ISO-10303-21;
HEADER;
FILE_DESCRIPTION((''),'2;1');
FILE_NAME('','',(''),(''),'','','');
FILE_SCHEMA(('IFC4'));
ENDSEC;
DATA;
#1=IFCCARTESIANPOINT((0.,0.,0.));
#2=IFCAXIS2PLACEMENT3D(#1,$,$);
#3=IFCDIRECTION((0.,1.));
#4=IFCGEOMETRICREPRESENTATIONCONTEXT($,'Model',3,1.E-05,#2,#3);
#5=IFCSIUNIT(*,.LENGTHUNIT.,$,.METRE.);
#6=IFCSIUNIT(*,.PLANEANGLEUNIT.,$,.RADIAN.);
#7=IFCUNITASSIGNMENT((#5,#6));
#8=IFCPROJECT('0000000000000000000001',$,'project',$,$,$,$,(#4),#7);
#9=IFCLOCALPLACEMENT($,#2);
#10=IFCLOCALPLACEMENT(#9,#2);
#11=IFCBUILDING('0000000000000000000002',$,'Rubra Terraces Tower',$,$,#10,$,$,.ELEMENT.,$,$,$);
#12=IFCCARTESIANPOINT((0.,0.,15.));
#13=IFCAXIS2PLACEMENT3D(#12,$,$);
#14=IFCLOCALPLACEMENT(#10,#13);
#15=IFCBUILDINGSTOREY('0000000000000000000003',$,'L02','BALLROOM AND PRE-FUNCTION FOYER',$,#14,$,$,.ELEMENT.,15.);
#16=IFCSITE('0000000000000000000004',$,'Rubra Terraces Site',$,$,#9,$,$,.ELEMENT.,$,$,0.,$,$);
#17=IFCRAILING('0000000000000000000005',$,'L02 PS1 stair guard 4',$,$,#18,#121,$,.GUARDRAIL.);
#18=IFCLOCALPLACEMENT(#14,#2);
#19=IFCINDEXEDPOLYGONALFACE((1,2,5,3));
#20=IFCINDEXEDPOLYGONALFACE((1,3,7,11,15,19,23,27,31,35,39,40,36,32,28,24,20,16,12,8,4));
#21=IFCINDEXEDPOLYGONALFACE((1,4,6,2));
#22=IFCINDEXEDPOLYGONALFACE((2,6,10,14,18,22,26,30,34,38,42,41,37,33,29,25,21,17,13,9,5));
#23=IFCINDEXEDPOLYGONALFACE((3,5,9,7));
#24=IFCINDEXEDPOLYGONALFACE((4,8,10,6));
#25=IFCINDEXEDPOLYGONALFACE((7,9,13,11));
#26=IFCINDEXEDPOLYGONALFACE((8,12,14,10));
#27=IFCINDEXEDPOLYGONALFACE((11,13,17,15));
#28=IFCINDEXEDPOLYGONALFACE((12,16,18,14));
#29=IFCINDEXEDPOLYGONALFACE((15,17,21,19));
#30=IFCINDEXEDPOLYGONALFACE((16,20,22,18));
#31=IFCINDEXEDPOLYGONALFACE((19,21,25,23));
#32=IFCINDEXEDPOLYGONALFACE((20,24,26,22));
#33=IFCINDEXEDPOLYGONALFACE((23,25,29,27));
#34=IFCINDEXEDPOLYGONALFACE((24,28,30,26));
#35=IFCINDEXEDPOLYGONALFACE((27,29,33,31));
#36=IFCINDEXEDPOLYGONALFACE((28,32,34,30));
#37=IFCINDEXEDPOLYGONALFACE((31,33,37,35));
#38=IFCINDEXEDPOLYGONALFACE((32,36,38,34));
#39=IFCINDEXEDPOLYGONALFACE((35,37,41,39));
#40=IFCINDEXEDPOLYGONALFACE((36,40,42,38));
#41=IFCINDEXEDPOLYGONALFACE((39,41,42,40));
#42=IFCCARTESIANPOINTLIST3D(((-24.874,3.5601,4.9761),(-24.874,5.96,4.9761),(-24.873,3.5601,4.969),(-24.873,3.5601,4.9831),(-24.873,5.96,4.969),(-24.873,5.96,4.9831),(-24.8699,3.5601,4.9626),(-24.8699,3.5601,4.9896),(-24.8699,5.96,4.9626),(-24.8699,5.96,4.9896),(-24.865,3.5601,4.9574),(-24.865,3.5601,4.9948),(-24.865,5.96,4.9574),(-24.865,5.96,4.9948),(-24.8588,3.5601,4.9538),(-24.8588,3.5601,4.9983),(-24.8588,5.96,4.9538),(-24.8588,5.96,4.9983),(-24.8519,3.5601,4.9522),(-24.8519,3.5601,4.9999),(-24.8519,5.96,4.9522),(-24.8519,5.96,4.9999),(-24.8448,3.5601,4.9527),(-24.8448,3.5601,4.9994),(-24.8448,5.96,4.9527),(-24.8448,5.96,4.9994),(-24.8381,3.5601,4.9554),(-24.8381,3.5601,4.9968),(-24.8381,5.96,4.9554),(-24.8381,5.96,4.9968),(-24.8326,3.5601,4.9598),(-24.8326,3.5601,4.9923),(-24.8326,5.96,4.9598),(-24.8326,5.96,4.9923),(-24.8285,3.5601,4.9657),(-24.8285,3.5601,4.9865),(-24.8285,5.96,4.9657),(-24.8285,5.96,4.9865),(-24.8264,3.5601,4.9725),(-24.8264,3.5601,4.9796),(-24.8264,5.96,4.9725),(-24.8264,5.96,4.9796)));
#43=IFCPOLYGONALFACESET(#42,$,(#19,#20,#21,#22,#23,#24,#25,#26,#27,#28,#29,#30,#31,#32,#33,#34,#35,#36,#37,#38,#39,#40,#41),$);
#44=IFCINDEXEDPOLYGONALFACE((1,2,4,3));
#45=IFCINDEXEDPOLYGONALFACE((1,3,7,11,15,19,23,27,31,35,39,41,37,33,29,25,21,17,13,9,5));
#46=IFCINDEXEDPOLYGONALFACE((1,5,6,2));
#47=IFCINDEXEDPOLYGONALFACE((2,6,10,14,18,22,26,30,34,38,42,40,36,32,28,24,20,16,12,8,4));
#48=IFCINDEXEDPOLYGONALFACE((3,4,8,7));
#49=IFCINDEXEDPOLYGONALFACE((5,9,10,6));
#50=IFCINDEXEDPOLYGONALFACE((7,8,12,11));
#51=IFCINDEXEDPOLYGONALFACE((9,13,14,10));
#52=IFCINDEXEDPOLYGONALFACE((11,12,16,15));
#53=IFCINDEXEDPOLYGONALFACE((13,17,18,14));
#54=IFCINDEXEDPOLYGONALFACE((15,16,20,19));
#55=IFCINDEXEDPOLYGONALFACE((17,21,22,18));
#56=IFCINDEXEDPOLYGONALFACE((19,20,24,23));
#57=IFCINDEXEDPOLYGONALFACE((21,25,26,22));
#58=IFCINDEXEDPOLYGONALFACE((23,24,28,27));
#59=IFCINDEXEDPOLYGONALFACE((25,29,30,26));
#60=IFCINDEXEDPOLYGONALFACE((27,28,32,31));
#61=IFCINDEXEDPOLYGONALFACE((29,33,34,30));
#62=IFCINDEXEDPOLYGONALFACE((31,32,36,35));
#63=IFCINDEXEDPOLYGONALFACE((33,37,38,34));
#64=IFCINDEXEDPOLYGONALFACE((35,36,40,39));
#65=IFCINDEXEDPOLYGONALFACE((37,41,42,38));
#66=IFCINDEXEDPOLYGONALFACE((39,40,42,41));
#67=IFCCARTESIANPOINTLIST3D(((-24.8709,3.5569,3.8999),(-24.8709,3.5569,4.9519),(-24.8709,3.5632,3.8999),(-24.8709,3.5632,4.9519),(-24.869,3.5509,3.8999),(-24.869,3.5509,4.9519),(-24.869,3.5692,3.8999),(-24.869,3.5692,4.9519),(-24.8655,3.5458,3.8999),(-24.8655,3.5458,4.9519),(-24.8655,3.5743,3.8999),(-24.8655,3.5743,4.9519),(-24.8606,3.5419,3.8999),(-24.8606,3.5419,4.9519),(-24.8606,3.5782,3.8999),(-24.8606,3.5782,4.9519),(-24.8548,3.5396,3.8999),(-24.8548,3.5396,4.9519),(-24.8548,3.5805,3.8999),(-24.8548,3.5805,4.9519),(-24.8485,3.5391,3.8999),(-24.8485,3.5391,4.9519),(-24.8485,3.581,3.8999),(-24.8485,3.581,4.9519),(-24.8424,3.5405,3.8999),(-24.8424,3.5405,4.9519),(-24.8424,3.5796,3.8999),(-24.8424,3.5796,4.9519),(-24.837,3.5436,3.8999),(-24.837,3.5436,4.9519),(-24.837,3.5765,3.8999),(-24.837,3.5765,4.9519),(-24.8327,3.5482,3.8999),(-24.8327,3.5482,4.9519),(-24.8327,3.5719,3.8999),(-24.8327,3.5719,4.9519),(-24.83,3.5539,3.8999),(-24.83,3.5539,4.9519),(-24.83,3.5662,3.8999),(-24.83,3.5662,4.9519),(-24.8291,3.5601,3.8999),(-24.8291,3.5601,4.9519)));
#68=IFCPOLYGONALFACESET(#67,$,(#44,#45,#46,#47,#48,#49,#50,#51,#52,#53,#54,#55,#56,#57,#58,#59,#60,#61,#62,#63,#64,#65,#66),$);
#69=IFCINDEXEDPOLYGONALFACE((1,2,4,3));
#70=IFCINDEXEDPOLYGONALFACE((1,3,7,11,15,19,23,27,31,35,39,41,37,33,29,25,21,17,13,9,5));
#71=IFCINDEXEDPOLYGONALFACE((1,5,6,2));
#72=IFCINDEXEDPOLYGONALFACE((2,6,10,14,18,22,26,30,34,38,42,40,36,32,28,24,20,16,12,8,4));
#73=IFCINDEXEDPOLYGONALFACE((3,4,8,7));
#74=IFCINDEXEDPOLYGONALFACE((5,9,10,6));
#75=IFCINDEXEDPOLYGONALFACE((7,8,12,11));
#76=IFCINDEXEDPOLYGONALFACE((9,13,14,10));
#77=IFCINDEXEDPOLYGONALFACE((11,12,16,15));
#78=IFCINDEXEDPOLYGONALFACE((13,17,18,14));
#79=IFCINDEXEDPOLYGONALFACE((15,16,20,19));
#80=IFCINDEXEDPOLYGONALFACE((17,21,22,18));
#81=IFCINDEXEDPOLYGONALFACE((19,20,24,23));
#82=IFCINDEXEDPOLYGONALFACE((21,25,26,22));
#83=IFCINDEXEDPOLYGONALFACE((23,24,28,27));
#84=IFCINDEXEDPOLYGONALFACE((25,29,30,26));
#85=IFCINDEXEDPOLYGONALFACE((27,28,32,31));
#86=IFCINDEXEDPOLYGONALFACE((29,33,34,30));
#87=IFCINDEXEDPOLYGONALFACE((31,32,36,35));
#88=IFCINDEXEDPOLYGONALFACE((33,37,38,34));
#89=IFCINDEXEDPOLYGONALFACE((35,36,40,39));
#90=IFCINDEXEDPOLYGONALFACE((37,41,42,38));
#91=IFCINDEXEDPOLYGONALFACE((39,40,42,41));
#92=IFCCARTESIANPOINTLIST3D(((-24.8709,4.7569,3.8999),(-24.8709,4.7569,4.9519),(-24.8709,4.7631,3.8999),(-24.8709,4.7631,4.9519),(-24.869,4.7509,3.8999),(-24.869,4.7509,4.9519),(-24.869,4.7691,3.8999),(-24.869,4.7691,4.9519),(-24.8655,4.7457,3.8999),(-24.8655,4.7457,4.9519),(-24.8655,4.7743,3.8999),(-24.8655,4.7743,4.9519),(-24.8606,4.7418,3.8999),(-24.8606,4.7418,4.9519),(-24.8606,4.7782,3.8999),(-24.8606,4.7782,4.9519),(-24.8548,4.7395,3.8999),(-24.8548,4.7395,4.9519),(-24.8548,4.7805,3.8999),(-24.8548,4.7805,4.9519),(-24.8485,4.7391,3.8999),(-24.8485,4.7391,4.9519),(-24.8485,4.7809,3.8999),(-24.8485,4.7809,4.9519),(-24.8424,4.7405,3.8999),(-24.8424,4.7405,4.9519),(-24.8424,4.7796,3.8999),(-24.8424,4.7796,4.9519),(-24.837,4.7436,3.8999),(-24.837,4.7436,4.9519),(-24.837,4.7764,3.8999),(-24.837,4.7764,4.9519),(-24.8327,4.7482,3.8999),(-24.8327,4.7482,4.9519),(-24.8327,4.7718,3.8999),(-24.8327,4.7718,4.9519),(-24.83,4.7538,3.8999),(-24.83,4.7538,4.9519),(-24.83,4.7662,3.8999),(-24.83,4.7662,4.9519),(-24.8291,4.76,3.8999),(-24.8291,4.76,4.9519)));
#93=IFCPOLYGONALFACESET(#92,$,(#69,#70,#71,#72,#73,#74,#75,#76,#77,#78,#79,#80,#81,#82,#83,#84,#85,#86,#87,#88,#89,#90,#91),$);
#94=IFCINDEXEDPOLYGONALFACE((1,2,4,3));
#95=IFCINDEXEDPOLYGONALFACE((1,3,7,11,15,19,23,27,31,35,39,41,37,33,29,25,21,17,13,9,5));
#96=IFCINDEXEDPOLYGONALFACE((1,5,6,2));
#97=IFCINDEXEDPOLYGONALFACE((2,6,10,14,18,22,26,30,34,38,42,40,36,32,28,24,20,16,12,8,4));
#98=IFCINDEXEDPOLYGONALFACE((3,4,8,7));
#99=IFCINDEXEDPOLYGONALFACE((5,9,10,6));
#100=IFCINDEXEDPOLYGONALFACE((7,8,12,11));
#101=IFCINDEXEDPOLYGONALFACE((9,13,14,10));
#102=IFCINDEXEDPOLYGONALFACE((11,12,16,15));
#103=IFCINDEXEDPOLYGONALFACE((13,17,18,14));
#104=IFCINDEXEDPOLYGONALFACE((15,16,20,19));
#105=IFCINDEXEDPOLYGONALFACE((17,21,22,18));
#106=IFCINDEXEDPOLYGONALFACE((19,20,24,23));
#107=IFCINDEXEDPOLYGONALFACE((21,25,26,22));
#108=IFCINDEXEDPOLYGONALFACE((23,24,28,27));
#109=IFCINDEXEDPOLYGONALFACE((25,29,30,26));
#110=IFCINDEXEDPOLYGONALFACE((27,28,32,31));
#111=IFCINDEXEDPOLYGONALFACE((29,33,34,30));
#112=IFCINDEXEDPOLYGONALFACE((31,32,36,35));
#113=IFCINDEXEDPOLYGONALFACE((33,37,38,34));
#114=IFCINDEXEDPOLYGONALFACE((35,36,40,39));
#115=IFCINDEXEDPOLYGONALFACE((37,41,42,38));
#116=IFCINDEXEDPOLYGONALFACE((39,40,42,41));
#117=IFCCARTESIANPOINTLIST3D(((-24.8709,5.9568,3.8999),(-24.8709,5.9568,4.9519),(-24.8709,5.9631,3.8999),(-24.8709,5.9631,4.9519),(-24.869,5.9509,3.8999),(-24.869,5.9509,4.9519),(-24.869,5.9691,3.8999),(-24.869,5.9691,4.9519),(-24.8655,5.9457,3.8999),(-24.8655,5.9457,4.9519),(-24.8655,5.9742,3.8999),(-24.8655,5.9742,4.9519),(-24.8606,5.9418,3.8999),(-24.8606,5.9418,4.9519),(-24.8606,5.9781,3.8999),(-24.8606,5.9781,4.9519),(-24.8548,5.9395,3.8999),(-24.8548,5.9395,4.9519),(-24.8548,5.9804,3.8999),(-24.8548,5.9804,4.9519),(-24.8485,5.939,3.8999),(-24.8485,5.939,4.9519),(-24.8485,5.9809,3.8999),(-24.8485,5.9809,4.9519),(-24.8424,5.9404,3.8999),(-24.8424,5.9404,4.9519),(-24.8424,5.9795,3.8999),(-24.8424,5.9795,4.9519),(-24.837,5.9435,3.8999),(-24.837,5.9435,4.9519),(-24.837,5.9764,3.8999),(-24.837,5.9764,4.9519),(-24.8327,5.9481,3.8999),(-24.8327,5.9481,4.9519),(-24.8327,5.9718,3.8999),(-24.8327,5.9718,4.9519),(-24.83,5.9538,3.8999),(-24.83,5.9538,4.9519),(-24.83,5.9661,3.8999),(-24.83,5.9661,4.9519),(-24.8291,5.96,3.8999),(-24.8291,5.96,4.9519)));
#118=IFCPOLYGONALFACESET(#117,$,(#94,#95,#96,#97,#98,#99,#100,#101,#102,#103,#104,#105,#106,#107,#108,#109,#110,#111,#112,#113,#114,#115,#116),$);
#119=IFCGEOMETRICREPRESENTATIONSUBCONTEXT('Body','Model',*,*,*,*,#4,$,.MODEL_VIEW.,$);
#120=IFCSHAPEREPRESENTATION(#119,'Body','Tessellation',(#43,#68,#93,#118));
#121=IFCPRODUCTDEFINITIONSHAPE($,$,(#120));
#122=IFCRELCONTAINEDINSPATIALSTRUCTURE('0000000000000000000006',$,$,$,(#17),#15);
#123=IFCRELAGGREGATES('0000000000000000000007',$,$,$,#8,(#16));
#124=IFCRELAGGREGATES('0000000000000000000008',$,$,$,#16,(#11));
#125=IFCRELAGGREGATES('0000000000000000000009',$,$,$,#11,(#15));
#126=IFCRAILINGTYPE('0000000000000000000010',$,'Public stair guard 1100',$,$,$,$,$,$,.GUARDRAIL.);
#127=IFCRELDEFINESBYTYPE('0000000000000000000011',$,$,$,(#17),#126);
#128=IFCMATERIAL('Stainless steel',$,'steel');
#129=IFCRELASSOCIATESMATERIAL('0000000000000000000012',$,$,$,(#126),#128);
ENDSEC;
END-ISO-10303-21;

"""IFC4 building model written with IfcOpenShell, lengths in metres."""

from ifc_helpers import new_model, si_unit, direction, frame, origin, origin_2d, place, context, subcontext, project, spatial, circle, extrude, material, type_object, element, save


model = new_model("IFC4")

# Units and contexts
model_context = context("Model", 3, precision=1e-05, world=origin(), true_north=direction((0.0, 1.0)))
body_context = subcontext(model_context, "Body", "Model", "MODEL_VIEW")
ifc_project = project(units=[si_unit("LENGTHUNIT", "METRE"), si_unit("PLANEANGLEUNIT", "RADIAN")], contexts=[model_context])

# Site, building, storey
site_placement = place(None, origin())
site = spatial("IfcSite", under=ifc_project, at=site_placement, Name="Rubra Terraces Site", CompositionType="ELEMENT", RefElevation=0.0)
building_placement = place(site_placement, origin())
building = spatial("IfcBuilding", under=site, at=building_placement, Name="Rubra Terraces Tower", CompositionType="ELEMENT")
storey_placement = place(building_placement, frame((0.0, 0.0, 15.0)))
storey = spatial("IfcBuildingStorey", under=building, at=storey_placement, Name="L02", Description="BALLROOM AND PRE-FUNCTION FOYER", CompositionType="ELEMENT", Elevation=15.0)

# Railing
ifc_material_1 = material(Name="Stainless steel", Category="steel")
railing_type_1 = type_object("IfcRailingType", Name="Public stair guard 1100", PredefinedType="GUARDRAIL", material=ifc_material_1)
for number, where, name in (
    (1, (-24.8501, 3.5601, 3.8999), "L02 PS1 stair guard 4"),
):
    element("IfcRailing", number, at=place(storey_placement, frame(where)), inside=storey, type_object=railing_type_1, Name=name, PredefinedType="GUARDRAIL", context=body_context, shape_type="SweptSolid", body=[
        extrude(circle(Radius=0.0239, at=origin_2d()), frame((0.0, 0.0, 1.0762), z_axis=(0.0, 1.0, 0.0), x_axis=(-1.0, 0.0, 0.0)), (0.0, 0.0, 1.0), 2.3999),
        extrude(circle(Radius=0.021, at=origin_2d()), origin(), (0.0, 0.0, 1.0), 1.052),
        extrude(circle(Radius=0.021, at=origin_2d()), frame((0.0, 1.2, 0.0)), (0.0, 0.0, 1.0), 1.052),
        extrude(circle(Radius=0.021, at=origin_2d()), frame((0.0, 2.3999, 0.0)), (0.0, 0.0, 1.0), 1.052),
    ])

save(model, "model.ifc")
